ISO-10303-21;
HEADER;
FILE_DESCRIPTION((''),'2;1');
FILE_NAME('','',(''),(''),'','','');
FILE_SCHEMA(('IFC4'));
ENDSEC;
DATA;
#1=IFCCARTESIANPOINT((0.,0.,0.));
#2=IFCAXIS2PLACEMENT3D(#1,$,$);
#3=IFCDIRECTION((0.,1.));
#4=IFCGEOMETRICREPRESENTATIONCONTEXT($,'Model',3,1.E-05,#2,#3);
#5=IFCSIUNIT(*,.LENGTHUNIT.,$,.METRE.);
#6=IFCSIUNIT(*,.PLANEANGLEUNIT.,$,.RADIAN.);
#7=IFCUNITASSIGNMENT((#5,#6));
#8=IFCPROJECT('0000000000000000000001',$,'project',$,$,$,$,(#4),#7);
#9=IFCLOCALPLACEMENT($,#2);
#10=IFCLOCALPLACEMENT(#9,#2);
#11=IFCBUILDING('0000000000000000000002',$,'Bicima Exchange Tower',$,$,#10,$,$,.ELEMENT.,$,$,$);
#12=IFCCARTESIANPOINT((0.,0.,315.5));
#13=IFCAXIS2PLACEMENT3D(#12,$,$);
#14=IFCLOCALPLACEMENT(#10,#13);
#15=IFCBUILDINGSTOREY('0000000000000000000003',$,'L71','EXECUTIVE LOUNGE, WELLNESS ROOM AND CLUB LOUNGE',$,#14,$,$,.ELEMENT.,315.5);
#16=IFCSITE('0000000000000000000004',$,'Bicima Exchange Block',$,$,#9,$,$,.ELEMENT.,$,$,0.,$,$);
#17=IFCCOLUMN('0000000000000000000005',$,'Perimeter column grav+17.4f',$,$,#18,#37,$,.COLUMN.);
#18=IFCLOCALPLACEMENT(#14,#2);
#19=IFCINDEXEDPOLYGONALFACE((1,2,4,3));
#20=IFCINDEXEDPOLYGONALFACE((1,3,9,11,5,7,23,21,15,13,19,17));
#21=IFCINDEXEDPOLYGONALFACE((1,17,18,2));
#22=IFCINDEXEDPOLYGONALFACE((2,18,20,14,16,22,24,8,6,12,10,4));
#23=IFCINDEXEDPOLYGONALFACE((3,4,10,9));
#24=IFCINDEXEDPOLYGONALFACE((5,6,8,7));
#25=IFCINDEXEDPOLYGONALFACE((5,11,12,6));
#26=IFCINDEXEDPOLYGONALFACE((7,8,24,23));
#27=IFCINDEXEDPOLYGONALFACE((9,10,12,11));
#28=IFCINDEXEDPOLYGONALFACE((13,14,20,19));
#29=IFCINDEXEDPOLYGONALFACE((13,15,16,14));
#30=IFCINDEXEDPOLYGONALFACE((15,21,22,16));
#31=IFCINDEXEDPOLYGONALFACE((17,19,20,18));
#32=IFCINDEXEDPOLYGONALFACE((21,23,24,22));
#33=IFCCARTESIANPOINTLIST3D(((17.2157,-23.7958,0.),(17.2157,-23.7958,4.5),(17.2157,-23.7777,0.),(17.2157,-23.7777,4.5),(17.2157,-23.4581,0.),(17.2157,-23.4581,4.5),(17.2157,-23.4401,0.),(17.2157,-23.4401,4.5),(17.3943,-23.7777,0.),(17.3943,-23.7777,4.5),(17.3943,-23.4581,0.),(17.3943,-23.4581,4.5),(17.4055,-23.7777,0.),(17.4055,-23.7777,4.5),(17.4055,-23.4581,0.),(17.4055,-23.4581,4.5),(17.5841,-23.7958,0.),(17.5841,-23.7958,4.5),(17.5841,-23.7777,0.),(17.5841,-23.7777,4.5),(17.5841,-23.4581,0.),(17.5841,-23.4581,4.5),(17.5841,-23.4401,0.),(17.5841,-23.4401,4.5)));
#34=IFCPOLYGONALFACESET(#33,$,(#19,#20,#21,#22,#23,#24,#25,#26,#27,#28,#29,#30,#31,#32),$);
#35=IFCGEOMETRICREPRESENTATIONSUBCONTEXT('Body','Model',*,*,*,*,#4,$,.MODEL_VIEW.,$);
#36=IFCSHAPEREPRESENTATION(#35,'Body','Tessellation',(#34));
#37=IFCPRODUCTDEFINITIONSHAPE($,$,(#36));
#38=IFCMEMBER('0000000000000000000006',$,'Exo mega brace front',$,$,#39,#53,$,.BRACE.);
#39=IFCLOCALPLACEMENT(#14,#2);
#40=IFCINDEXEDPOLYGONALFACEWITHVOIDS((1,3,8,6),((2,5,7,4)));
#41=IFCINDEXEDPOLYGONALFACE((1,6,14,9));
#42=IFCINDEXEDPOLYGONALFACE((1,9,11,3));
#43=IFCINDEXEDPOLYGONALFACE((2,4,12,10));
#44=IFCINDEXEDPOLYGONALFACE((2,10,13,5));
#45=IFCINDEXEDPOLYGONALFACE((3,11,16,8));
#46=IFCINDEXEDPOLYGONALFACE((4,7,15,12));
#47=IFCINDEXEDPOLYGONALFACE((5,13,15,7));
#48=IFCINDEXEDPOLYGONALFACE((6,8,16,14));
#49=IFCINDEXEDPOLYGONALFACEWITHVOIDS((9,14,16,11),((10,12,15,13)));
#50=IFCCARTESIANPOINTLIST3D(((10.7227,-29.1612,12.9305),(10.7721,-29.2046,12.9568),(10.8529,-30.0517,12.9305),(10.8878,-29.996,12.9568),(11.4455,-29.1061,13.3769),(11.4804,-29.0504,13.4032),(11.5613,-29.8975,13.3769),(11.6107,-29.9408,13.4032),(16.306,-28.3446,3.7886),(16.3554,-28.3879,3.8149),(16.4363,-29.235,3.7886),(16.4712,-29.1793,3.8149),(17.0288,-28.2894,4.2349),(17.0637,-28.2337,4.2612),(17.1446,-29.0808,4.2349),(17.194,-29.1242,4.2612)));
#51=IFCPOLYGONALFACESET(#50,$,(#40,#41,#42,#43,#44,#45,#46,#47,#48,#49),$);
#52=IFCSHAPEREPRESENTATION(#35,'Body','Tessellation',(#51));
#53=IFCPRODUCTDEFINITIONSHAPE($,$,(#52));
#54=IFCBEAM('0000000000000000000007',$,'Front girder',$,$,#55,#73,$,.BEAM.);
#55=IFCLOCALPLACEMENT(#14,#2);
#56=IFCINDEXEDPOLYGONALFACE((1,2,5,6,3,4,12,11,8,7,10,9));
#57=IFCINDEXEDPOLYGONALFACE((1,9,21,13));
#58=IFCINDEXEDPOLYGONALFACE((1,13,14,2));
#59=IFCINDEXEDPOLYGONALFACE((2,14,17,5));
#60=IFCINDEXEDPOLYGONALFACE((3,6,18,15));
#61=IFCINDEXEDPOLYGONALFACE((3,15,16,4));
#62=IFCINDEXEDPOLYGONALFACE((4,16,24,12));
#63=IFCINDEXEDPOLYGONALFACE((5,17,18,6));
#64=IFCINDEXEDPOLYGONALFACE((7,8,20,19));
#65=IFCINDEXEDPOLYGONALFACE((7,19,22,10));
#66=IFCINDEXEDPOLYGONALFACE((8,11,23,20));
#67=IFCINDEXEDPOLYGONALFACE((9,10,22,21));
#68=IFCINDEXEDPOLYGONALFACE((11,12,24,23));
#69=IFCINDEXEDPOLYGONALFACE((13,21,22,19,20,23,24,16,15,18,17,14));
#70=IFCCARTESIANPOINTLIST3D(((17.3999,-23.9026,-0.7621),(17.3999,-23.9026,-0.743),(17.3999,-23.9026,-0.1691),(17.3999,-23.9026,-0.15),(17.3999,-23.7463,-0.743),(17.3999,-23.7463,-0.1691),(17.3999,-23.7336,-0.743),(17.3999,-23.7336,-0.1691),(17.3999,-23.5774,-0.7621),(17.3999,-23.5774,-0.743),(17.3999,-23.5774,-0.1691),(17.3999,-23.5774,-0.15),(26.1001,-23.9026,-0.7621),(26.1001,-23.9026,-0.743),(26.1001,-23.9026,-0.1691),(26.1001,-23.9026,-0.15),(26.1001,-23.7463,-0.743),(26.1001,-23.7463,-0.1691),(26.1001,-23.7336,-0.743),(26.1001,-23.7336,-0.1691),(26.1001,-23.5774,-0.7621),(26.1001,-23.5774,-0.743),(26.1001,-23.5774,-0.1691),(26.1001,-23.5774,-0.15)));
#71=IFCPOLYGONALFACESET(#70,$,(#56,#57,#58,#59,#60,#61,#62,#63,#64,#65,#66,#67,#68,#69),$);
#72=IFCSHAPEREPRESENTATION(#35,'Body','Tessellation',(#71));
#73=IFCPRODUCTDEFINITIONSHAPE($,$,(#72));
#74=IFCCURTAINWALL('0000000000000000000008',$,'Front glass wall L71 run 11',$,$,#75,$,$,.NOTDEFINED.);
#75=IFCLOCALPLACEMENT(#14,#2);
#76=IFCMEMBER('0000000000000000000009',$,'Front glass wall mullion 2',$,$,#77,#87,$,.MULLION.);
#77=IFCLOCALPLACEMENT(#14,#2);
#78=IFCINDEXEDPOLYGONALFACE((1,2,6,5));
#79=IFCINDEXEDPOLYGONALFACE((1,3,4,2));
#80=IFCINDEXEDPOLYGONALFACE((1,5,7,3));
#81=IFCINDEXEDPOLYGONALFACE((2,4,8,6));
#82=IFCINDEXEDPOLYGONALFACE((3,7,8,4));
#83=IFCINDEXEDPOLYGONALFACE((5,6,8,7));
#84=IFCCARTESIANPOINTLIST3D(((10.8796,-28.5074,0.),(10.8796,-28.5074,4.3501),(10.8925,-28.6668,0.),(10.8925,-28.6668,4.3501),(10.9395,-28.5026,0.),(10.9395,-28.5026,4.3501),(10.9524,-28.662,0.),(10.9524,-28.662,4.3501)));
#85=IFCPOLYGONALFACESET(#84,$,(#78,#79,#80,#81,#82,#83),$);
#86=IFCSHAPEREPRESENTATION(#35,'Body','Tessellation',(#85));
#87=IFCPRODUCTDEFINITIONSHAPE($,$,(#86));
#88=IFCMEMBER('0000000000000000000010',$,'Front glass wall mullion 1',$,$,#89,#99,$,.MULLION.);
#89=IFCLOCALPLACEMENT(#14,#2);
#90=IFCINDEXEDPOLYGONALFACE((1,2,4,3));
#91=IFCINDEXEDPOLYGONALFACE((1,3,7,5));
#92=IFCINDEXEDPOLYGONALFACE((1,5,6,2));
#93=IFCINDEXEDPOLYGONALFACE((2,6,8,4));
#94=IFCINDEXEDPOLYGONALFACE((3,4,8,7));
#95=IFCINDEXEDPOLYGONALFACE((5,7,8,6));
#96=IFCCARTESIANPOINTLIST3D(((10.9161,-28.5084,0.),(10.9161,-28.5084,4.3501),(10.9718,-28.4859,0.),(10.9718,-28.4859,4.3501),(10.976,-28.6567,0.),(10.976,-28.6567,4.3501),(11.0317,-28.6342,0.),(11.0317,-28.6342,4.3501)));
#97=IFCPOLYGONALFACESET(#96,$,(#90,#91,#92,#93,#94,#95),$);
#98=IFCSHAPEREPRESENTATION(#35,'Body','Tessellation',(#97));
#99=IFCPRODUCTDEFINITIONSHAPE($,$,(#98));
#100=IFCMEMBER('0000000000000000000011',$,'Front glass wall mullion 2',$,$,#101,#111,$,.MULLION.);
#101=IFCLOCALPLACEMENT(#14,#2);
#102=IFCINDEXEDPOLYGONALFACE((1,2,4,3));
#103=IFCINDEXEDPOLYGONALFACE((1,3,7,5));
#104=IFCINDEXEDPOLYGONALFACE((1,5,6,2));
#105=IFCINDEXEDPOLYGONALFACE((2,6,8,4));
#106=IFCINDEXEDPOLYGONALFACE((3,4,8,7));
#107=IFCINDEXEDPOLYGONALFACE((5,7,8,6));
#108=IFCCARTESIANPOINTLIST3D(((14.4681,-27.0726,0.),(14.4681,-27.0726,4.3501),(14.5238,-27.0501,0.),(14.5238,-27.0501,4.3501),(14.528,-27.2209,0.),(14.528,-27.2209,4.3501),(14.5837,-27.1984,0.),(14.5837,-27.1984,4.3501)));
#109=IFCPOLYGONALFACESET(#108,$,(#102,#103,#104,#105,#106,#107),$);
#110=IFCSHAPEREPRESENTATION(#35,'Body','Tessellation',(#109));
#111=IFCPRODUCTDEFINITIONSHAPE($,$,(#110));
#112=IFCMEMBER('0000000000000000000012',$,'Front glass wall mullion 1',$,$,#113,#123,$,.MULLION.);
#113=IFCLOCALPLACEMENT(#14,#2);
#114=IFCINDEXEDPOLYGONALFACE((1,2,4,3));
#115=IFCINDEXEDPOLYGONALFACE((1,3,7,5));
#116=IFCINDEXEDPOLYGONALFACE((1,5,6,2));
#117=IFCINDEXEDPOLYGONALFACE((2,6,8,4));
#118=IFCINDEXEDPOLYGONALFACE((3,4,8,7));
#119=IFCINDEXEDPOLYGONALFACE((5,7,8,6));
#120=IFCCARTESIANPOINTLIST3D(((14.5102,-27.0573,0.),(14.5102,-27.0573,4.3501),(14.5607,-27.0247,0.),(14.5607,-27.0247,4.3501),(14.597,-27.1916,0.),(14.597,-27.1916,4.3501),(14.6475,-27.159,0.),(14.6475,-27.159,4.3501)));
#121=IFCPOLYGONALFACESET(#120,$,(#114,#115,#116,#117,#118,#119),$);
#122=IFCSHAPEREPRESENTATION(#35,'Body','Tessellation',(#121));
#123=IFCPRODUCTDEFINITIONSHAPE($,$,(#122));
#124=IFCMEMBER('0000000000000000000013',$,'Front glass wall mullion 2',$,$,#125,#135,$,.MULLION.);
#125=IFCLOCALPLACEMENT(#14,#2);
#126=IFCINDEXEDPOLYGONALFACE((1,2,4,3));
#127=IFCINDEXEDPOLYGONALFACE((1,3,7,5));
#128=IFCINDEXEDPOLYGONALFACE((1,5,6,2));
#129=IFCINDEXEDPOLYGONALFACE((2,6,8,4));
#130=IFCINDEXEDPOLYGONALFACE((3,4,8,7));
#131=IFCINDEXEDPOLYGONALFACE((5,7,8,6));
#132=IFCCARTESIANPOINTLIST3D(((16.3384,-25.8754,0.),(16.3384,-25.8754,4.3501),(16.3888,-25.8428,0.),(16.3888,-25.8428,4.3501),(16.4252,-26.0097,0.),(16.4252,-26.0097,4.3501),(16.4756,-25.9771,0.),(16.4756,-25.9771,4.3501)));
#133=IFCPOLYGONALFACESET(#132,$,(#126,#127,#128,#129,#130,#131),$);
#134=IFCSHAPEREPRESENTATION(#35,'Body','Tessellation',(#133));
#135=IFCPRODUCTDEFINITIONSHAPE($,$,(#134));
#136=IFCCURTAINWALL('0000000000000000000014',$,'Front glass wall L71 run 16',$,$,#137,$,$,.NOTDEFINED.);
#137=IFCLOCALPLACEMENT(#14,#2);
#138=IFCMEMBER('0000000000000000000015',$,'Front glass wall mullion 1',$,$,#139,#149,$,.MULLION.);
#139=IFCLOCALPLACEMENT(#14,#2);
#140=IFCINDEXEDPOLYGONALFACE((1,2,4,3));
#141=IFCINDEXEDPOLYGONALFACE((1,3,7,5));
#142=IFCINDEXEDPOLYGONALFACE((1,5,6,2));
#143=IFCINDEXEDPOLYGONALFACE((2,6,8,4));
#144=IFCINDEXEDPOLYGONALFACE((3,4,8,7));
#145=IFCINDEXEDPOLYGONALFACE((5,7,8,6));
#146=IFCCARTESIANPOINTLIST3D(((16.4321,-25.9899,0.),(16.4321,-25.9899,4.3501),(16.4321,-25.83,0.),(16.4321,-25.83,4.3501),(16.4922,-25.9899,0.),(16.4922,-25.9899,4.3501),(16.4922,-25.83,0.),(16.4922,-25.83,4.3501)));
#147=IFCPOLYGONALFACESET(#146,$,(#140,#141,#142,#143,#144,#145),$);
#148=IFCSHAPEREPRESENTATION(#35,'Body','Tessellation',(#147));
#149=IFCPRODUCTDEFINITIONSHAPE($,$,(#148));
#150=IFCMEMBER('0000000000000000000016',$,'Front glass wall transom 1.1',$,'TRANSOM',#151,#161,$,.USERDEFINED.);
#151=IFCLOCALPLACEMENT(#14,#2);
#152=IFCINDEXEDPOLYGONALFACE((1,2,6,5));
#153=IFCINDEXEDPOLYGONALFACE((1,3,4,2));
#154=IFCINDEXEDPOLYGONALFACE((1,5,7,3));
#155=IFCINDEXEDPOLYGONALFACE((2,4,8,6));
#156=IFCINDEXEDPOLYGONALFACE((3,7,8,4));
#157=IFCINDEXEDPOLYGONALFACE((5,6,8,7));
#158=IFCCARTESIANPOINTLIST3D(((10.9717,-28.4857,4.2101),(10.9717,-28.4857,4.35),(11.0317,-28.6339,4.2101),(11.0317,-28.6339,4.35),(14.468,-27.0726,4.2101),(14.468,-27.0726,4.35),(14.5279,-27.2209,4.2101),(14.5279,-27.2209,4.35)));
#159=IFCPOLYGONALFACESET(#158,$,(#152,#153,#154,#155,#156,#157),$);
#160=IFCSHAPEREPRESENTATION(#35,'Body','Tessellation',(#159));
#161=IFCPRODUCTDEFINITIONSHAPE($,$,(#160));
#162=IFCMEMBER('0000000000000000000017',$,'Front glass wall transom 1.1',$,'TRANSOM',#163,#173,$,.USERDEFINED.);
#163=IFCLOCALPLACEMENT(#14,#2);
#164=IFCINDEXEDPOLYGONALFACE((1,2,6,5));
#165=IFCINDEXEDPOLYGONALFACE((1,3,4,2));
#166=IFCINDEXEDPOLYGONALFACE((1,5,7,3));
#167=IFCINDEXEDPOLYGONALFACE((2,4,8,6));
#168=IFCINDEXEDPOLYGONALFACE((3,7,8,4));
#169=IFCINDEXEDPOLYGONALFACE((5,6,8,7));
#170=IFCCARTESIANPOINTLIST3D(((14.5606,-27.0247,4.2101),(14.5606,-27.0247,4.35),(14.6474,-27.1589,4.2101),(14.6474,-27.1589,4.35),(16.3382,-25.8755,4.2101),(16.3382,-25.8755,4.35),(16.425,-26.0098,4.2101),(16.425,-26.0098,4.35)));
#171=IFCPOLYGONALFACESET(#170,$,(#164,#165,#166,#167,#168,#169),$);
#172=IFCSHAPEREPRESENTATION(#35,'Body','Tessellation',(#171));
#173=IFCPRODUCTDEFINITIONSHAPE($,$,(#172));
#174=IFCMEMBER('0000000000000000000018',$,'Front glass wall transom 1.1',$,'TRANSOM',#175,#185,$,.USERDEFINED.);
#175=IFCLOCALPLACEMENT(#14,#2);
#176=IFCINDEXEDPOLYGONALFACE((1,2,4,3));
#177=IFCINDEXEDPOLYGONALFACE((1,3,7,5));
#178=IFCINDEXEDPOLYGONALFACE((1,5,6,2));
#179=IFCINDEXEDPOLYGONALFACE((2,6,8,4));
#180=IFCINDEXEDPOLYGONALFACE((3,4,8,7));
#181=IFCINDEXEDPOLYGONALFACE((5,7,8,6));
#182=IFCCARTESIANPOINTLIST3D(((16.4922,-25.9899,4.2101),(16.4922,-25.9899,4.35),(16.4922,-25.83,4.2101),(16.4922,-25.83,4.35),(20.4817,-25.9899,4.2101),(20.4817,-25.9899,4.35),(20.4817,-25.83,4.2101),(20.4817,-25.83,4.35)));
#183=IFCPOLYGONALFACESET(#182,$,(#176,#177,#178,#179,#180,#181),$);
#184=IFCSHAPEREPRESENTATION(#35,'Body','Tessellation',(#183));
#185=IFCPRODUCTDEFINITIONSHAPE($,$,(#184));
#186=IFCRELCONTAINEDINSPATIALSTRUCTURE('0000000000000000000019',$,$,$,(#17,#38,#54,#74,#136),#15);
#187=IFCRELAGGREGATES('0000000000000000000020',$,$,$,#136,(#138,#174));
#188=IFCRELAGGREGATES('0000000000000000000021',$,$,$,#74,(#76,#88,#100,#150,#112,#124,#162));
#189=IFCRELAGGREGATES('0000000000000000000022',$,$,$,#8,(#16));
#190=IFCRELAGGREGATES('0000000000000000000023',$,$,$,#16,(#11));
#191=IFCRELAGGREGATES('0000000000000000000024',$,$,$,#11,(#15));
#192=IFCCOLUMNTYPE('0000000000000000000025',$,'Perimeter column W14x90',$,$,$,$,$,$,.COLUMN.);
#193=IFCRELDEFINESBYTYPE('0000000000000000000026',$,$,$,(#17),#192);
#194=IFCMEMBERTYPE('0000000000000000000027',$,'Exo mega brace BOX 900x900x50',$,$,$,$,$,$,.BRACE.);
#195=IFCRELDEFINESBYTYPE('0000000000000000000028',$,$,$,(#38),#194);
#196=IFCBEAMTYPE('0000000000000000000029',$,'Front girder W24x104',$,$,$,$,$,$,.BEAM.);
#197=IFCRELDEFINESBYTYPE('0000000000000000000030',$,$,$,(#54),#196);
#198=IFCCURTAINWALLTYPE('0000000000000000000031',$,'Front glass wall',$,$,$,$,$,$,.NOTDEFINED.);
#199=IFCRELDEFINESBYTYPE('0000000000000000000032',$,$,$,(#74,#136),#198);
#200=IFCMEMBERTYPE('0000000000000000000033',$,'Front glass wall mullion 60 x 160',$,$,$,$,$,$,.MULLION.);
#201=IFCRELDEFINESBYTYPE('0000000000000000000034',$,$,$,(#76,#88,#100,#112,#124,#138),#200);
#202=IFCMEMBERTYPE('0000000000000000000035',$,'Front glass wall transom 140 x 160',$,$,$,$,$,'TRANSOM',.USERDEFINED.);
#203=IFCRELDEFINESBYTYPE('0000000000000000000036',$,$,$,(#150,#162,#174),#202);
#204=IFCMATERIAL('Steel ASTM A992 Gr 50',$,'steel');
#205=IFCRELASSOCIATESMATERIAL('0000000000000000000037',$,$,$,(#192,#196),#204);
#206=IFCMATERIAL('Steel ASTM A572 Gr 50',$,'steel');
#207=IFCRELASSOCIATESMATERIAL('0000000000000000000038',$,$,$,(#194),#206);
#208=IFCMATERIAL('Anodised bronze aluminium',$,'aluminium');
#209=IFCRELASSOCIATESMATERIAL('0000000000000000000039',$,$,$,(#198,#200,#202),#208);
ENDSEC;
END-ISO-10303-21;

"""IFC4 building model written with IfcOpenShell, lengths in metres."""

from ifc_helpers import new_model, si_unit, direction, frame, origin, origin_2d, place, context, subcontext, project, spatial, rectangle, hollow_rectangle, i_section, extrude, material, material_profile, profile_set, type_object, element, aggregate, save


model = new_model("IFC4")

# Units and contexts
model_context = context("Model", 3, precision=1e-05, world=origin(), true_north=direction((0.0, 1.0)))
body_context = subcontext(model_context, "Body", "Model", "MODEL_VIEW")
ifc_project = project(units=[si_unit("LENGTHUNIT", "METRE"), si_unit("PLANEANGLEUNIT", "RADIAN")], contexts=[model_context])

# Site, building, storey
site_placement = place(None, origin())
site = spatial("IfcSite", under=ifc_project, at=site_placement, Name="Bicima Exchange Block", CompositionType="ELEMENT", RefElevation=0.0)
building_placement = place(site_placement, origin())
building = spatial("IfcBuilding", under=site, at=building_placement, Name="Bicima Exchange Tower", CompositionType="ELEMENT")
storey_placement = place(building_placement, frame((0.0, 0.0, 315.5)))
storey = spatial("IfcBuildingStorey", under=building, at=storey_placement, Name="L71", Description="EXECUTIVE LOUNGE, WELLNESS ROOM AND CLUB LOUNGE", CompositionType="ELEMENT", Elevation=315.5)

# Column
ifc_material_1 = material(Name="Steel ASTM A992 Gr 50", Category="steel")
ifc_material_profile_1 = material_profile(ifc_material_1, i_section(OverallWidth=0.3684, OverallDepth=0.3557, WebThickness=0.0112, FlangeThickness=0.0181, at=origin_2d()))
ifc_profile_set_1 = profile_set([ifc_material_profile_1], Name="Steel ASTM A992 Gr 50")
column_type = type_object("IfcColumnType", Name="Perimeter column W14x90", PredefinedType="COLUMN", material=ifc_profile_set_1)
column_placement = place(storey_placement, frame((17.3999, -23.6179, 0.0), z_axis=(0.0, 0.0, 1.0), x_axis=(1.0, 0.0, 0.0)))
element("IfcColumn", 1, at=column_placement, inside=storey, type_object=column_type, Name="Perimeter column grav+17.4f", PredefinedType="COLUMN", context=body_context, shape_type="SweptSolid", body=[
    extrude(i_section(OverallWidth=0.3684, OverallDepth=0.3557, WebThickness=0.0112, FlangeThickness=0.0181, at=origin_2d()), origin(), (0.0, 0.0, 1.0), 4.5),
])

# Member
ifc_material_2 = material(Name="Steel ASTM A572 Gr 50", Category="steel")
ifc_material_profile_2 = material_profile(ifc_material_2, hollow_rectangle(XDim=0.8999, YDim=0.8999, WallThickness=0.05, at=origin_2d()))
ifc_profile_set_2 = profile_set([ifc_material_profile_2], Name="Steel ASTM A572 Gr 50")
member_type_1 = type_object("IfcMemberType", Name="Exo mega brace BOX 900x900x50", PredefinedType="BRACE", material=ifc_profile_set_2)
member_1_placement = place(storey_placement, frame((16.75, -28.7344, 4.0249), z_axis=(-0.519709, -0.076017, 0.850955), x_axis=(0.144728, -0.989471, 0.0)))
element("IfcMember", 2, at=member_1_placement, inside=storey, type_object=member_type_1, Name="Exo mega brace front", PredefinedType="BRACE", context=body_context, shape_type="SweptSolid", body=[
    extrude(hollow_rectangle(XDim=0.8999, YDim=0.8999, WallThickness=0.05, at=origin_2d()), origin(), (0.0, 0.0, 1.0), 10.7432),
])

# Beam
ifc_material_profile_3 = material_profile(ifc_material_1, i_section(OverallWidth=0.3252, OverallDepth=0.6121, WebThickness=0.0127, FlangeThickness=0.019, at=origin_2d()))
ifc_profile_set_3 = profile_set([ifc_material_profile_3], Name="Steel ASTM A992 Gr 50")
beam_type = type_object("IfcBeamType", Name="Front girder W24x104", PredefinedType="BEAM", material=ifc_profile_set_3)
beam_placement = place(storey_placement, frame((17.3999, -23.74, -0.4561), z_axis=(1.0, 0.0, 0.0), x_axis=(0.0, 1.0, 0.0)))
element("IfcBeam", 3, at=beam_placement, inside=storey, type_object=beam_type, Name="Front girder", PredefinedType="BEAM", context=body_context, shape_type="SweptSolid", body=[
    extrude(i_section(OverallWidth=0.3252, OverallDepth=0.6121, WebThickness=0.0127, FlangeThickness=0.019, at=origin_2d()), origin(), (0.0, 0.0, 1.0), 8.7002),
])

# Curtain wall, members
ifc_material_3 = material(Name="Anodised bronze aluminium", Category="aluminium")
curtain_wall_type = type_object("IfcCurtainWallType", Name="Front glass wall", PredefinedType="NOTDEFINED", material=ifc_material_3)
curtain_wall_1_placement = place(storey_placement, origin())
curtain_wall_1 = element("IfcCurtainWall", 4, at=curtain_wall_1_placement, inside=storey, type_object=curtain_wall_type, Name="Front glass wall L71 run 11", PredefinedType="NOTDEFINED")
ifc_material_profile_4 = material_profile(ifc_material_3, rectangle(XDim=0.1599, YDim=0.0601, at=origin_2d()))
ifc_profile_set_4 = profile_set([ifc_material_profile_4], Name="Anodised bronze aluminium")
member_type_2 = type_object("IfcMemberType", Name="Front glass wall mullion 60 x 160", PredefinedType="MULLION", material=ifc_profile_set_4)
member_2_placement = place(storey_placement, frame((10.916, -28.5847, 0.0), z_axis=(0.0, 0.0, 1.0), x_axis=(-0.080589, 0.996747, 0.0)))
member_2 = element("IfcMember", 5, at=member_2_placement, type_object=member_type_2, Name="Front glass wall mullion 2", PredefinedType="MULLION", context=body_context, shape_type="SweptSolid", body=[
    extrude(rectangle(XDim=0.1599, YDim=0.0601, at=origin_2d()), origin(), (0.0, 0.0, 1.0), 4.3501),
])
member_3_placement = place(storey_placement, frame((10.9739, -28.5713, 0.0), z_axis=(0.0, 0.0, 1.0), x_axis=(-0.374705, 0.927144, 0.0)))
member_3 = element("IfcMember", 6, at=member_3_placement, type_object=member_type_2, Name="Front glass wall mullion 1", PredefinedType="MULLION", context=body_context, shape_type="SweptSolid", body=[
    extrude(rectangle(XDim=0.1599, YDim=0.0601, at=origin_2d()), origin(), (0.0, 0.0, 1.0), 4.3501),
])
member_4_placement = place(storey_placement, frame((14.5259, -27.1355, 0.0), z_axis=(0.0, 0.0, 1.0), x_axis=(-0.374705, 0.927144, 0.0)))
member_4 = element("IfcMember", 7, at=member_4_placement, type_object=member_type_2, Name="Front glass wall mullion 2", PredefinedType="MULLION", context=body_context, shape_type="SweptSolid", body=[
    extrude(rectangle(XDim=0.1599, YDim=0.0601, at=origin_2d()), origin(), (0.0, 0.0, 1.0), 4.3501),
])
member_5_placement = place(storey_placement, frame((14.5789, -27.1082, 0.0), z_axis=(0.0, 0.0, 1.0), x_axis=(-0.542909, 0.839791, 0.0)))
member_5 = element("IfcMember", 8, at=member_5_placement, type_object=member_type_2, Name="Front glass wall mullion 1", PredefinedType="MULLION", context=body_context, shape_type="SweptSolid", body=[
    extrude(rectangle(XDim=0.1599, YDim=0.0601, at=origin_2d()), origin(), (0.0, 0.0, 1.0), 4.3501),
])
member_6_placement = place(storey_placement, frame((16.407, -25.9263, 0.0), z_axis=(0.0, 0.0, 1.0), x_axis=(-0.542909, 0.839791, 0.0)))
member_6 = element("IfcMember", 9, at=member_6_placement, type_object=member_type_2, Name="Front glass wall mullion 2", PredefinedType="MULLION", context=body_context, shape_type="SweptSolid", body=[
    extrude(rectangle(XDim=0.1599, YDim=0.0601, at=origin_2d()), origin(), (0.0, 0.0, 1.0), 4.3501),
])

# Curtain wall, member
curtain_wall_2_placement = place(storey_placement, origin())
curtain_wall_2 = element("IfcCurtainWall", 10, at=curtain_wall_2_placement, inside=storey, type_object=curtain_wall_type, Name="Front glass wall L71 run 16", PredefinedType="NOTDEFINED")
member_7_placement = place(storey_placement, frame((16.4622, -25.9099, 0.0), z_axis=(0.0, 0.0, 1.0), x_axis=(0.0, 1.0, 0.0)))
member_7 = element("IfcMember", 11, at=member_7_placement, type_object=member_type_2, Name="Front glass wall mullion 1", PredefinedType="MULLION", context=body_context, shape_type="SweptSolid", body=[
    extrude(rectangle(XDim=0.1599, YDim=0.0601, at=origin_2d()), origin(), (0.0, 0.0, 1.0), 4.3501),
])

# Members
ifc_material_profile_5 = material_profile(ifc_material_3, rectangle(XDim=0.1599, YDim=0.1399, at=origin_2d()))
ifc_profile_set_5 = profile_set([ifc_material_profile_5], Name="Anodised bronze aluminium")
member_type_3 = type_object("IfcMemberType", Name="Front glass wall transom 140 x 160", ElementType="TRANSOM", PredefinedType="USERDEFINED", material=ifc_profile_set_5)
member_8_placement = place(storey_placement, frame((11.0017, -28.5598, 4.28), z_axis=(0.92714, 0.374715, 0.0), x_axis=(-0.374715, 0.92714, 0.0)))
member_8 = element("IfcMember", 12, at=member_8_placement, type_object=member_type_3, Name="Front glass wall transom 1.1", ObjectType="TRANSOM", PredefinedType="USERDEFINED", context=body_context, shape_type="SweptSolid", body=[
    extrude(rectangle(XDim=0.1599, YDim=0.1399, at=origin_2d()), origin(), (0.0, 0.0, 1.0), 3.771),
])
member_9_placement = place(storey_placement, frame((14.604, -27.0918, 4.28), z_axis=(0.839793, 0.542907, 0.0), x_axis=(-0.542907, 0.839793, 0.0)))
member_9 = element("IfcMember", 13, at=member_9_placement, type_object=member_type_3, Name="Front glass wall transom 1.1", ObjectType="TRANSOM", PredefinedType="USERDEFINED", context=body_context, shape_type="SweptSolid", body=[
    extrude(rectangle(XDim=0.1599, YDim=0.1399, at=origin_2d()), origin(), (0.0, 0.0, 1.0), 2.1167),
])
member_10_placement = place(storey_placement, frame((16.4922, -25.9099, 4.28), z_axis=(1.0, 0.0, 0.0), x_axis=(0.0, 1.0, 0.0)))
member_10 = element("IfcMember", 14, at=member_10_placement, type_object=member_type_3, Name="Front glass wall transom 1.1", ObjectType="TRANSOM", PredefinedType="USERDEFINED", context=body_context, shape_type="SweptSolid", body=[
    extrude(rectangle(XDim=0.1599, YDim=0.1399, at=origin_2d()), origin(), (0.0, 0.0, 1.0), 3.9895),
])
aggregate(curtain_wall_2, [member_7, member_10])

aggregate(curtain_wall_1, [member_2, member_3, member_4, member_8, member_5, member_6, member_9])

save(model, "model.ifc")
